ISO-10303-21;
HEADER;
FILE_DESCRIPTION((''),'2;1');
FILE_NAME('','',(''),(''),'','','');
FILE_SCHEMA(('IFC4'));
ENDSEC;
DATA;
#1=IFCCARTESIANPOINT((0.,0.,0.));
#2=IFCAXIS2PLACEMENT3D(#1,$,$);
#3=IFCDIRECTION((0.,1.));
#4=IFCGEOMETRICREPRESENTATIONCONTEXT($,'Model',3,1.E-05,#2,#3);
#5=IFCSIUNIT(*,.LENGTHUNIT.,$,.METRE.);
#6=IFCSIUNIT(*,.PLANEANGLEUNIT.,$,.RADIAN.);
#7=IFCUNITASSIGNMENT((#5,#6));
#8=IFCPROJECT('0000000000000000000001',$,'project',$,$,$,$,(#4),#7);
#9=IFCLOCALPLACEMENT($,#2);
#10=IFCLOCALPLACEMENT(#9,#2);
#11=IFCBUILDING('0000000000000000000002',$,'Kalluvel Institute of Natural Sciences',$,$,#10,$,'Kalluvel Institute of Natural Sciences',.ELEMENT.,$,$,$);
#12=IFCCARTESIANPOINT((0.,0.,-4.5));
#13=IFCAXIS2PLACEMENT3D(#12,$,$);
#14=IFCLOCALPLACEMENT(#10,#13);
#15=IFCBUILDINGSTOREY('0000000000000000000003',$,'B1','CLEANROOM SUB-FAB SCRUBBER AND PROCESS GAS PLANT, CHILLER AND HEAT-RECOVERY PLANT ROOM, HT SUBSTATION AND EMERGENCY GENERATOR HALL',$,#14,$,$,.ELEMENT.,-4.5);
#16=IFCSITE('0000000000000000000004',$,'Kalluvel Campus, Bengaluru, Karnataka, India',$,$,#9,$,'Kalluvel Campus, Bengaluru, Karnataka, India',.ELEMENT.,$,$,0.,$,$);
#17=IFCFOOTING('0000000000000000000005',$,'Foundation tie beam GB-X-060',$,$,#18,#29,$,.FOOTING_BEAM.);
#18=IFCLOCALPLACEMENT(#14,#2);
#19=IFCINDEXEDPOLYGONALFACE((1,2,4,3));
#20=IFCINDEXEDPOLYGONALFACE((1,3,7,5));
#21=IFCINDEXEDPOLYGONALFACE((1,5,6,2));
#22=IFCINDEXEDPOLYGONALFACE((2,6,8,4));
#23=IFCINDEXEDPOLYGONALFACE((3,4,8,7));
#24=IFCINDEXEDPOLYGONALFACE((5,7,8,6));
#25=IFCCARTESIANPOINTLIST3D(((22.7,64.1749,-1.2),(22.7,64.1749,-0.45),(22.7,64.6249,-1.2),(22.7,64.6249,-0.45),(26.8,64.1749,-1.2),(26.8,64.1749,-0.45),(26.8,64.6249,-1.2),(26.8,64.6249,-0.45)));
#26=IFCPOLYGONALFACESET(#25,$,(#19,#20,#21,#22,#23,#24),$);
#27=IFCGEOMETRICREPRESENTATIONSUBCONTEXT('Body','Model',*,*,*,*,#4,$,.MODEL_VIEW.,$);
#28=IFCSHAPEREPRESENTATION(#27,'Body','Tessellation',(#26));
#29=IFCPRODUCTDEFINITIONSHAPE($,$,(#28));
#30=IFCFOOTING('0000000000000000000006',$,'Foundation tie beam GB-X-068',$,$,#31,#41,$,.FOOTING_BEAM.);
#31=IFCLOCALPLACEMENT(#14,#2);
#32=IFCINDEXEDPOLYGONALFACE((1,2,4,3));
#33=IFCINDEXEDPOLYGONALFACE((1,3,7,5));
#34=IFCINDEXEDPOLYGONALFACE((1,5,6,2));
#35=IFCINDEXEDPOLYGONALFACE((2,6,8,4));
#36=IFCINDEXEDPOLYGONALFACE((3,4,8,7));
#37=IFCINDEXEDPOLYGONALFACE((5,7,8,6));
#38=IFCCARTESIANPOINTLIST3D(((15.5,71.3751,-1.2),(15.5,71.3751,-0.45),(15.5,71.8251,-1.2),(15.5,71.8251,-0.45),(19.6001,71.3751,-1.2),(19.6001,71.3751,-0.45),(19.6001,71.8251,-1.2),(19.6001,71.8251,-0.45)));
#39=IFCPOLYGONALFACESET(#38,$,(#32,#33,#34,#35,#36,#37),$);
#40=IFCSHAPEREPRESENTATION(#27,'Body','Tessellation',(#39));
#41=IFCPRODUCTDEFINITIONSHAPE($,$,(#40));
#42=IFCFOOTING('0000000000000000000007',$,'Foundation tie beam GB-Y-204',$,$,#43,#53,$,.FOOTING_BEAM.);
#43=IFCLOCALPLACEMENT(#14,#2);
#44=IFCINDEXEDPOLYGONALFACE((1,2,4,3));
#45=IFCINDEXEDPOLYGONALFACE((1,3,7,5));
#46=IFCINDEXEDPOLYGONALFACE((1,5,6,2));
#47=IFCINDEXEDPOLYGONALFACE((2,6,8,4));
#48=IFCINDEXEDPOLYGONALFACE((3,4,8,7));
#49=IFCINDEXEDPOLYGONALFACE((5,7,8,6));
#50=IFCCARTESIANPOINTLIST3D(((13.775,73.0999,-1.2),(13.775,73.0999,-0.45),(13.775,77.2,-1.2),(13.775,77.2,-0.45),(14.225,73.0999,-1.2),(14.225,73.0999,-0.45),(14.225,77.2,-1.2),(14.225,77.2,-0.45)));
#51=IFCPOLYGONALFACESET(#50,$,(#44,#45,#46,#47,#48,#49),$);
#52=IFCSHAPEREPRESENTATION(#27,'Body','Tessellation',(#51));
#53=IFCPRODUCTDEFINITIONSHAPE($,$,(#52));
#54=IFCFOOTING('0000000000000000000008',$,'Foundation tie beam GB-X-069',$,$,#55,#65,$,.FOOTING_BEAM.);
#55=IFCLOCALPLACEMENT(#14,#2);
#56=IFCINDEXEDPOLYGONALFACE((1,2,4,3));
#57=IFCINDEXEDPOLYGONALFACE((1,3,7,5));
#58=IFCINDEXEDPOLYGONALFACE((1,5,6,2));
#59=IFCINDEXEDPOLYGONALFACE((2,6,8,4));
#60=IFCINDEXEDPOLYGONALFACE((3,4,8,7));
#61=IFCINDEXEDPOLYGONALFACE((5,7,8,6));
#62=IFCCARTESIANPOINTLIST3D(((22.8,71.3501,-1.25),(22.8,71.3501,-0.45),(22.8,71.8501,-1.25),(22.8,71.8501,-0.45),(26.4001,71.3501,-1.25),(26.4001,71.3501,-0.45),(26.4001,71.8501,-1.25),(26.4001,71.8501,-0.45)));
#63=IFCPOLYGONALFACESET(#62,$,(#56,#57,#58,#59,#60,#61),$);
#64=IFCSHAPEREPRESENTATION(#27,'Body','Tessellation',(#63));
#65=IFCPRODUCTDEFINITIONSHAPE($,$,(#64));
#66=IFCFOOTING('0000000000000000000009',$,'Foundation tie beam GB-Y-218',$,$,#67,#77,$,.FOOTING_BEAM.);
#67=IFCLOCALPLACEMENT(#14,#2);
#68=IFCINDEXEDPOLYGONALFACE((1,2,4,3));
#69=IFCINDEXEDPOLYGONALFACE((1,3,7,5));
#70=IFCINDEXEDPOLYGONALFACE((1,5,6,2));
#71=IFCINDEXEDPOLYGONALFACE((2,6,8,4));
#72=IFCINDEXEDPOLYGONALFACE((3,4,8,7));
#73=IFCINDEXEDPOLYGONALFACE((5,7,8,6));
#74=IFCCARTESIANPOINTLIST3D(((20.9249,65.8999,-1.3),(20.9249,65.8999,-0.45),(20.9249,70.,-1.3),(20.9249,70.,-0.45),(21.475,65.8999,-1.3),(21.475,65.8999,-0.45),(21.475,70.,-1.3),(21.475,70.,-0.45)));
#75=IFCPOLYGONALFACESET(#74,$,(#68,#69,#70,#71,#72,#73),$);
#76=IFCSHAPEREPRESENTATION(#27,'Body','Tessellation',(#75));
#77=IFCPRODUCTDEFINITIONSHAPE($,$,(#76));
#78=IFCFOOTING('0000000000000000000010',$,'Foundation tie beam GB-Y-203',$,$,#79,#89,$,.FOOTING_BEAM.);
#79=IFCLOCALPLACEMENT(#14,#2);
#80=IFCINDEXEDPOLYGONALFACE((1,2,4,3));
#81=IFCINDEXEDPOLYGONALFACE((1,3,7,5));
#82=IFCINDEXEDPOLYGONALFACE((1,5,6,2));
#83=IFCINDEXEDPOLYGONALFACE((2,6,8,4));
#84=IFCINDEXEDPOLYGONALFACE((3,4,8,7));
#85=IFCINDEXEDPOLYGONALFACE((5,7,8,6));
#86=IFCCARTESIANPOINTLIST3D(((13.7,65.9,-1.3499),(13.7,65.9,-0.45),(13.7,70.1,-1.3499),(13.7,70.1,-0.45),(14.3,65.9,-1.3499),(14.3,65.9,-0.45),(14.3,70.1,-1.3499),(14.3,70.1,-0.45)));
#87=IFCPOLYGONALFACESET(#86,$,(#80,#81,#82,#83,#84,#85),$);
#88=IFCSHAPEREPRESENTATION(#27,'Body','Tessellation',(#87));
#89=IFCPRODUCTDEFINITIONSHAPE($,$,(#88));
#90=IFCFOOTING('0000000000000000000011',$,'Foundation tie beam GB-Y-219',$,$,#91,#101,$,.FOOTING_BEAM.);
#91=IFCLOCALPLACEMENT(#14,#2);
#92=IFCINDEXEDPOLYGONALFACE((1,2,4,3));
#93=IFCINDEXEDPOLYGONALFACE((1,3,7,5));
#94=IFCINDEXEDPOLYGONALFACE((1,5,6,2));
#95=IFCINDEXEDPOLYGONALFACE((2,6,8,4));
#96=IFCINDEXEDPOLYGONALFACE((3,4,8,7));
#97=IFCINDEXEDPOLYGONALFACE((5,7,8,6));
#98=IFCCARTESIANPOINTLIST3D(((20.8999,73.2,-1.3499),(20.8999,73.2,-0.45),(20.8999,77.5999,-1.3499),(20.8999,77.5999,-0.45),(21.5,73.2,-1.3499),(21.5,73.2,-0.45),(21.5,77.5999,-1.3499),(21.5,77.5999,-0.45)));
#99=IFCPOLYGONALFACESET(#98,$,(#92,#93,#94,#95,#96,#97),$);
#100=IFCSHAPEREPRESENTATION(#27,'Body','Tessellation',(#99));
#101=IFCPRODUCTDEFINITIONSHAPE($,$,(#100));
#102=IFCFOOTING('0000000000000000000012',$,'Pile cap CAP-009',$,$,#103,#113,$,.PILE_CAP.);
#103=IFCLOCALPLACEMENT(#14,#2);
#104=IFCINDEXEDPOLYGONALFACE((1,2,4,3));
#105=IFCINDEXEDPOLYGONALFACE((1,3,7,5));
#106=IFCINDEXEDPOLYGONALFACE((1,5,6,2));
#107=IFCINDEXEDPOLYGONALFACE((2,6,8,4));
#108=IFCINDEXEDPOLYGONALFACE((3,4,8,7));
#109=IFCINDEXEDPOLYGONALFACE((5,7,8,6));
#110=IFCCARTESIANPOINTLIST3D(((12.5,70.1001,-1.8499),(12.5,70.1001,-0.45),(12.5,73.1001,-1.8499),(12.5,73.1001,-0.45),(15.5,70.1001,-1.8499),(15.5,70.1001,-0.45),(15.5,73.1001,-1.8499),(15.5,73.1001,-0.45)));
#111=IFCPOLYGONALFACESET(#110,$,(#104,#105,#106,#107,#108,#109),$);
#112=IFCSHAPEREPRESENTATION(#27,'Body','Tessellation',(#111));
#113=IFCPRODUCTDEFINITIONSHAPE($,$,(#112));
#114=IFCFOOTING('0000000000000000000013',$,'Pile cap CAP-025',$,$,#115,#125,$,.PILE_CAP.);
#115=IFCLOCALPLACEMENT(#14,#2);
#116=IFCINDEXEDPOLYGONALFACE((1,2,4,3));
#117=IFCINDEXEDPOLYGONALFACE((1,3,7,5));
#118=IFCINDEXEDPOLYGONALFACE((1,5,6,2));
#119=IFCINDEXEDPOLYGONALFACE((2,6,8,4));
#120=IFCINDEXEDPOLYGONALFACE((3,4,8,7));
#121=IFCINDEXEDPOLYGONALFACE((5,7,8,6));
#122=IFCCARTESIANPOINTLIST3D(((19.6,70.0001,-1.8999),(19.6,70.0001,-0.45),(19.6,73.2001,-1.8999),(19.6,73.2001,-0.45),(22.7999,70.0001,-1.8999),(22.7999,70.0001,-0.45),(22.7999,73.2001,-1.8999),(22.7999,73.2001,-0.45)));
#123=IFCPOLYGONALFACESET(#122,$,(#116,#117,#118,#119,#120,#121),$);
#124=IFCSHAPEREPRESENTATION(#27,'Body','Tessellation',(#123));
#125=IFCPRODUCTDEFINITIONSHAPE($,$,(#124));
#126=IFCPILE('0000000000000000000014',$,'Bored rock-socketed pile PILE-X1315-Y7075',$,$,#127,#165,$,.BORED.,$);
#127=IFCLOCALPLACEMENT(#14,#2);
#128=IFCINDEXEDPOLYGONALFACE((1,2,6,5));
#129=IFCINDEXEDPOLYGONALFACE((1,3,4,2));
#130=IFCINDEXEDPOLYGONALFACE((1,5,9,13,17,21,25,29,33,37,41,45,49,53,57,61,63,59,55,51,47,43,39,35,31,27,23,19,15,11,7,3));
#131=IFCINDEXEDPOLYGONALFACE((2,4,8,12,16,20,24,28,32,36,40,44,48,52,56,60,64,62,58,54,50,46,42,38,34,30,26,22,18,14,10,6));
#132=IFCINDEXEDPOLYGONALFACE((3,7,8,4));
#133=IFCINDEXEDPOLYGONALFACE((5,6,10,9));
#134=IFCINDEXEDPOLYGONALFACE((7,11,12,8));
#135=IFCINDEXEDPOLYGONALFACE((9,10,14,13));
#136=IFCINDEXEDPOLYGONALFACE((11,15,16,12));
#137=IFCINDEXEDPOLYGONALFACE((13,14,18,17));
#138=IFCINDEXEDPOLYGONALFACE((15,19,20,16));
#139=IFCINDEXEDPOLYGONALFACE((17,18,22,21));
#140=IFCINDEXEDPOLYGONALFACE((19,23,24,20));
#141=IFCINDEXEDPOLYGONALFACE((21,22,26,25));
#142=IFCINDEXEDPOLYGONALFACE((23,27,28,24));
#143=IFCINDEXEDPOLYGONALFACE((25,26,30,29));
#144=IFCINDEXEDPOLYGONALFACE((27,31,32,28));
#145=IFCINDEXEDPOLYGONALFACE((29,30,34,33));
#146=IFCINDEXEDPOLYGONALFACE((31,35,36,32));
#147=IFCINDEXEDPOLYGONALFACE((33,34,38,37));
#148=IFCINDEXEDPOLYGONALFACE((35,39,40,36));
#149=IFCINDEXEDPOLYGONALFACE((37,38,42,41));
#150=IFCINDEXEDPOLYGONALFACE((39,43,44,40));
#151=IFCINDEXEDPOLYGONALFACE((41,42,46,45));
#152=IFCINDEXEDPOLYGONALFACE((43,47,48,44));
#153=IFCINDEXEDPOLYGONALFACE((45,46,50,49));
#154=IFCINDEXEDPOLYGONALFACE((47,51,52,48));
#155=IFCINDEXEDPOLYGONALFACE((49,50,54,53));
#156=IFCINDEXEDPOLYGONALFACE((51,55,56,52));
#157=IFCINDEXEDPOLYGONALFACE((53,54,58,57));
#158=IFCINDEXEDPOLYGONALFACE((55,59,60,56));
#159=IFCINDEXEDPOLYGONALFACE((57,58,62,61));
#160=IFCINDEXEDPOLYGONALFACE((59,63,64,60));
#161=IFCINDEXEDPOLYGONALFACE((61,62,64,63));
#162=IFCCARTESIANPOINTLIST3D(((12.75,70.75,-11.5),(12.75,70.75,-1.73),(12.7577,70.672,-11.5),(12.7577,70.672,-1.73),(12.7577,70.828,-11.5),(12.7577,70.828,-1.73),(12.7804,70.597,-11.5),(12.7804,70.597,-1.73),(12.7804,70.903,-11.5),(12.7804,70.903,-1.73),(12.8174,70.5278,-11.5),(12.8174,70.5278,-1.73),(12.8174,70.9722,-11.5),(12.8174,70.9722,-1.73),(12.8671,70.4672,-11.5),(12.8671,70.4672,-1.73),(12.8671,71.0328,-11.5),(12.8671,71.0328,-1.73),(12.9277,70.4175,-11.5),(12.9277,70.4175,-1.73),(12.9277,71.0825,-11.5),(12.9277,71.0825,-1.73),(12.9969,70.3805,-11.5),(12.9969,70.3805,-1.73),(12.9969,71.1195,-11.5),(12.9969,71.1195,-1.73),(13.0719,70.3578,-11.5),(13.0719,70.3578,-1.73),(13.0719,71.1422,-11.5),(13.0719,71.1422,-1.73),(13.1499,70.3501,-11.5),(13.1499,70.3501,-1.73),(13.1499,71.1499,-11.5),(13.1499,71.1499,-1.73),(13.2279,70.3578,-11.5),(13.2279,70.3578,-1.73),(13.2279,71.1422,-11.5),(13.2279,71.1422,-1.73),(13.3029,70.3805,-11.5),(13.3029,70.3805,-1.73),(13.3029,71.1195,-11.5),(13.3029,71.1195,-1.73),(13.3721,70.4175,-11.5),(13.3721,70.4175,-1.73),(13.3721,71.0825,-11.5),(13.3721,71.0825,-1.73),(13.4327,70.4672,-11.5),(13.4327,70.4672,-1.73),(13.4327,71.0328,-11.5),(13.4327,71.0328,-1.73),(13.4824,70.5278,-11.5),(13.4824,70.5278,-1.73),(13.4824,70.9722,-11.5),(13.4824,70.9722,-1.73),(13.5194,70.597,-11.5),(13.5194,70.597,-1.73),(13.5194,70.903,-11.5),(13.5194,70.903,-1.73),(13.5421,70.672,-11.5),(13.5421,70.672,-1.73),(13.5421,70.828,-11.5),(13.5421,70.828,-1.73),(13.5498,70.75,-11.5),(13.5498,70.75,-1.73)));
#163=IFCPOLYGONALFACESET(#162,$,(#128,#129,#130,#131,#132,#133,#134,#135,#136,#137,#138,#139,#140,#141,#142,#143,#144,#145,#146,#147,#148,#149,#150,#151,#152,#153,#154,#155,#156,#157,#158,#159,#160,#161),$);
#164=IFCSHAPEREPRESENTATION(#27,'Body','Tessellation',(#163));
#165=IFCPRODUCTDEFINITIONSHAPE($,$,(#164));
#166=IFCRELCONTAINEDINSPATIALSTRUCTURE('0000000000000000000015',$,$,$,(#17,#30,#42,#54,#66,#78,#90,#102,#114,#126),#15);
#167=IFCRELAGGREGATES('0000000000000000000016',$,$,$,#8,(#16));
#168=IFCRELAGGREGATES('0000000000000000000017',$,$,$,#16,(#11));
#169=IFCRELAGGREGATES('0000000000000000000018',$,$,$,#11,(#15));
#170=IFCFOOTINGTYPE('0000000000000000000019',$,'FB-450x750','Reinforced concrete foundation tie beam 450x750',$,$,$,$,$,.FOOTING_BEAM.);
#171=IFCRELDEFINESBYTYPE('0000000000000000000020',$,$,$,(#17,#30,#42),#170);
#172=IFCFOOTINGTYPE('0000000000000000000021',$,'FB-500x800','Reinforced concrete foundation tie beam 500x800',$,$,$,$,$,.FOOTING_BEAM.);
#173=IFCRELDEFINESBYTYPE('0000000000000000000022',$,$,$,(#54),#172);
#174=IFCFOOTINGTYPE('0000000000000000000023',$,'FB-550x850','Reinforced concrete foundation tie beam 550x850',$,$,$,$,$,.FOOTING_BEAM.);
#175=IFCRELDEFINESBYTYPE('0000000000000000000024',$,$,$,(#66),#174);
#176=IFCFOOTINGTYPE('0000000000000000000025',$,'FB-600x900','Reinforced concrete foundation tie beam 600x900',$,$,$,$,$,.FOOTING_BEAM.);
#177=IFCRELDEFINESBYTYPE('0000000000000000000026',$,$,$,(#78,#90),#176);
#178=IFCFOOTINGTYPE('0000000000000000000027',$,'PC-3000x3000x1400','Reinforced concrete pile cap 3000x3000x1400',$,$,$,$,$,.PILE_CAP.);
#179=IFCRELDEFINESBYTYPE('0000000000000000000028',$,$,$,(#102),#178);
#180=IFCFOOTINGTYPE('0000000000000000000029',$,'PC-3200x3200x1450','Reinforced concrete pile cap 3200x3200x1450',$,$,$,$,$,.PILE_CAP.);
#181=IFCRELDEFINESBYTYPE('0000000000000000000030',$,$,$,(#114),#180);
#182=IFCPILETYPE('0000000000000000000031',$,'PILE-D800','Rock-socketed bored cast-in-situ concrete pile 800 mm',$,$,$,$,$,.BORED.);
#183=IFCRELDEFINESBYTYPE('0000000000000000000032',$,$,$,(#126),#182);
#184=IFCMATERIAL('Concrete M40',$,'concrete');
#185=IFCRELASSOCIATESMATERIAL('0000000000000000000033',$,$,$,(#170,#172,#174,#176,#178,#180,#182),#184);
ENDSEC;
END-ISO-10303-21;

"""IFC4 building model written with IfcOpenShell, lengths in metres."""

from ifc_helpers import new_model, si_unit, direction, frame, origin, origin_2d, place, context, subcontext, project, spatial, rectangle, circle, extrude, material, material_profile, profile_set, type_object, element, save


model = new_model("IFC4")

# Units and contexts
model_context = context("Model", 3, precision=1e-05, world=origin(), true_north=direction((0.0, 1.0)))
body_context = subcontext(model_context, "Body", "Model", "MODEL_VIEW")
ifc_project = project(units=[si_unit("LENGTHUNIT", "METRE"), si_unit("PLANEANGLEUNIT", "RADIAN")], contexts=[model_context])

# Site, building, storey
site_placement = place(None, origin())
site = spatial("IfcSite", under=ifc_project, at=site_placement, Name="Kalluvel Campus, Bengaluru, Karnataka, India", LongName="Kalluvel Campus, Bengaluru, Karnataka, India", CompositionType="ELEMENT", RefElevation=0.0)
building_placement = place(site_placement, origin())
building = spatial("IfcBuilding", under=site, at=building_placement, Name="Kalluvel Institute of Natural Sciences", LongName="Kalluvel Institute of Natural Sciences", CompositionType="ELEMENT")
storey_placement = place(building_placement, frame((0.0, 0.0, -4.5)))
storey = spatial("IfcBuildingStorey", under=building, at=storey_placement, Name="B1", Description="CLEANROOM SUB-FAB SCRUBBER AND PROCESS GAS PLANT, CHILLER AND HEAT-RECOVERY PLANT ROOM, HT SUBSTATION AND EMERGENCY GENERATOR HALL", CompositionType="ELEMENT", Elevation=-4.5)

# Footings
ifc_material_1 = material(Name="Concrete M40", Category="concrete")
footing_type_1 = type_object("IfcFootingType", Name="FB-450x750", Description="Reinforced concrete foundation tie beam 450x750", PredefinedType="FOOTING_BEAM", material=ifc_material_1)
for number, where, z_axis, x_axis, name in (
    (1, (24.75, 64.3999, -1.2), (0.0, 0.0, 1.0), (1.0, 0.0, 0.0), "Foundation tie beam GB-X-060"),
    (2, (17.55, 71.6001, -1.2), (0.0, 0.0, 1.0), (1.0, 0.0, 0.0), "Foundation tie beam GB-X-068"),
):
    element("IfcFooting", number, at=place(storey_placement, frame(where, z_axis=z_axis, x_axis=x_axis)), inside=storey, type_object=footing_type_1, Name=name, PredefinedType="FOOTING_BEAM", context=body_context, shape_type="SweptSolid", body=[
        extrude(rectangle(XDim=4.1001, YDim=0.45, at=origin_2d()), origin(), (0.0, 0.0, 1.0), 0.75),
    ])
footing_1_placement = place(storey_placement, frame((14.0, 75.1499, -1.2), z_axis=(0.0, 0.0, 1.0), x_axis=(1.0, 0.0, 0.0)))
element("IfcFooting", 3, at=footing_1_placement, inside=storey, type_object=footing_type_1, Name="Foundation tie beam GB-Y-204", PredefinedType="FOOTING_BEAM", context=body_context, shape_type="SweptSolid", body=[
    extrude(rectangle(XDim=0.45, YDim=4.1001, at=origin_2d()), origin(), (0.0, 0.0, 1.0), 0.75),
])
footing_type_2 = type_object("IfcFootingType", Name="FB-500x800", Description="Reinforced concrete foundation tie beam 500x800", PredefinedType="FOOTING_BEAM", material=ifc_material_1)
footing_2_placement = place(storey_placement, frame((24.6001, 71.6001, -1.25), z_axis=(0.0, 0.0, 1.0), x_axis=(1.0, 0.0, 0.0)))
element("IfcFooting", 4, at=footing_2_placement, inside=storey, type_object=footing_type_2, Name="Foundation tie beam GB-X-069", PredefinedType="FOOTING_BEAM", context=body_context, shape_type="SweptSolid", body=[
    extrude(rectangle(XDim=3.6001, YDim=0.5, at=origin_2d()), origin(), (0.0, 0.0, 1.0), 0.8),
])
footing_type_3 = type_object("IfcFootingType", Name="FB-550x850", Description="Reinforced concrete foundation tie beam 550x850", PredefinedType="FOOTING_BEAM", material=ifc_material_1)
footing_3_placement = place(storey_placement, frame((21.2, 67.95, -1.3), z_axis=(0.0, 0.0, 1.0), x_axis=(1.0, 0.0, 0.0)))
element("IfcFooting", 5, at=footing_3_placement, inside=storey, type_object=footing_type_3, Name="Foundation tie beam GB-Y-218", PredefinedType="FOOTING_BEAM", context=body_context, shape_type="SweptSolid", body=[
    extrude(rectangle(XDim=0.55, YDim=4.1001, at=origin_2d()), origin(), (0.0, 0.0, 1.0), 0.8501),
])
footing_type_4 = type_object("IfcFootingType", Name="FB-600x900", Description="Reinforced concrete foundation tie beam 600x900", PredefinedType="FOOTING_BEAM", material=ifc_material_1)
footing_4_placement = place(storey_placement, frame((14.0, 68.0, -1.3499), z_axis=(0.0, 0.0, 1.0), x_axis=(1.0, 0.0, 0.0)))
element("IfcFooting", 6, at=footing_4_placement, inside=storey, type_object=footing_type_4, Name="Foundation tie beam GB-Y-203", PredefinedType="FOOTING_BEAM", context=body_context, shape_type="SweptSolid", body=[
    extrude(rectangle(XDim=0.6001, YDim=4.2, at=origin_2d()), origin(), (0.0, 0.0, 1.0), 0.8999),
])
footing_5_placement = place(storey_placement, frame((21.2, 75.3999, -1.3499), z_axis=(0.0, 0.0, 1.0), x_axis=(1.0, 0.0, 0.0)))
element("IfcFooting", 7, at=footing_5_placement, inside=storey, type_object=footing_type_4, Name="Foundation tie beam GB-Y-219", PredefinedType="FOOTING_BEAM", context=body_context, shape_type="SweptSolid", body=[
    extrude(rectangle(XDim=0.6001, YDim=4.3999, at=origin_2d()), origin(), (0.0, 0.0, 1.0), 0.8999),
])
footing_type_5 = type_object("IfcFootingType", Name="PC-3000x3000x1400", Description="Reinforced concrete pile cap 3000x3000x1400", PredefinedType="PILE_CAP", material=ifc_material_1)
footing_6_placement = place(storey_placement, frame((14.0, 71.6001, -1.8499), z_axis=(0.0, 0.0, 1.0), x_axis=(1.0, 0.0, 0.0)))
element("IfcFooting", 8, at=footing_6_placement, inside=storey, type_object=footing_type_5, Name="Pile cap CAP-009", PredefinedType="PILE_CAP", context=body_context, shape_type="SweptSolid", body=[
    extrude(rectangle(XDim=3.0, YDim=3.0, at=origin_2d()), origin(), (0.0, 0.0, 1.0), 1.3999),
])
footing_type_6 = type_object("IfcFootingType", Name="PC-3200x3200x1450", Description="Reinforced concrete pile cap 3200x3200x1450", PredefinedType="PILE_CAP", material=ifc_material_1)
footing_7_placement = place(storey_placement, frame((21.2, 71.6001, -1.8999), z_axis=(0.0, 0.0, 1.0), x_axis=(1.0, 0.0, 0.0)))
element("IfcFooting", 9, at=footing_7_placement, inside=storey, type_object=footing_type_6, Name="Pile cap CAP-025", PredefinedType="PILE_CAP", context=body_context, shape_type="SweptSolid", body=[
    extrude(rectangle(XDim=3.2, YDim=3.2, at=origin_2d()), origin(), (0.0, 0.0, 1.0), 1.45),
])

# Pile
ifc_material_profile_1 = material_profile(ifc_material_1, circle(Radius=0.3999, at=origin_2d()), Name="PILE D800")
ifc_profile_set_1 = profile_set([ifc_material_profile_1], Name="Concrete M40")
pile_type_1 = type_object("IfcPileType", Name="PILE-D800", Description="Rock-socketed bored cast-in-situ concrete pile 800 mm", PredefinedType="BORED", material=ifc_profile_set_1)
for number, where, z_axis, x_axis, name in (
    (10, (13.1499, 70.75, -1.73), (0.0, 0.0, -1.0), (1.0, 0.0, 0.0), "Bored rock-socketed pile PILE-X1315-Y7075"),
):
    element("IfcPile", number, at=place(storey_placement, frame(where, z_axis=z_axis, x_axis=x_axis)), inside=storey, type_object=pile_type_1, Name=name, PredefinedType="BORED", context=body_context, shape_type="SweptSolid", body=[
        extrude(circle(Radius=0.3999, at=origin_2d()), origin(), (0.0, 0.0, 1.0), 9.77),
    ])

save(model, "model.ifc")
